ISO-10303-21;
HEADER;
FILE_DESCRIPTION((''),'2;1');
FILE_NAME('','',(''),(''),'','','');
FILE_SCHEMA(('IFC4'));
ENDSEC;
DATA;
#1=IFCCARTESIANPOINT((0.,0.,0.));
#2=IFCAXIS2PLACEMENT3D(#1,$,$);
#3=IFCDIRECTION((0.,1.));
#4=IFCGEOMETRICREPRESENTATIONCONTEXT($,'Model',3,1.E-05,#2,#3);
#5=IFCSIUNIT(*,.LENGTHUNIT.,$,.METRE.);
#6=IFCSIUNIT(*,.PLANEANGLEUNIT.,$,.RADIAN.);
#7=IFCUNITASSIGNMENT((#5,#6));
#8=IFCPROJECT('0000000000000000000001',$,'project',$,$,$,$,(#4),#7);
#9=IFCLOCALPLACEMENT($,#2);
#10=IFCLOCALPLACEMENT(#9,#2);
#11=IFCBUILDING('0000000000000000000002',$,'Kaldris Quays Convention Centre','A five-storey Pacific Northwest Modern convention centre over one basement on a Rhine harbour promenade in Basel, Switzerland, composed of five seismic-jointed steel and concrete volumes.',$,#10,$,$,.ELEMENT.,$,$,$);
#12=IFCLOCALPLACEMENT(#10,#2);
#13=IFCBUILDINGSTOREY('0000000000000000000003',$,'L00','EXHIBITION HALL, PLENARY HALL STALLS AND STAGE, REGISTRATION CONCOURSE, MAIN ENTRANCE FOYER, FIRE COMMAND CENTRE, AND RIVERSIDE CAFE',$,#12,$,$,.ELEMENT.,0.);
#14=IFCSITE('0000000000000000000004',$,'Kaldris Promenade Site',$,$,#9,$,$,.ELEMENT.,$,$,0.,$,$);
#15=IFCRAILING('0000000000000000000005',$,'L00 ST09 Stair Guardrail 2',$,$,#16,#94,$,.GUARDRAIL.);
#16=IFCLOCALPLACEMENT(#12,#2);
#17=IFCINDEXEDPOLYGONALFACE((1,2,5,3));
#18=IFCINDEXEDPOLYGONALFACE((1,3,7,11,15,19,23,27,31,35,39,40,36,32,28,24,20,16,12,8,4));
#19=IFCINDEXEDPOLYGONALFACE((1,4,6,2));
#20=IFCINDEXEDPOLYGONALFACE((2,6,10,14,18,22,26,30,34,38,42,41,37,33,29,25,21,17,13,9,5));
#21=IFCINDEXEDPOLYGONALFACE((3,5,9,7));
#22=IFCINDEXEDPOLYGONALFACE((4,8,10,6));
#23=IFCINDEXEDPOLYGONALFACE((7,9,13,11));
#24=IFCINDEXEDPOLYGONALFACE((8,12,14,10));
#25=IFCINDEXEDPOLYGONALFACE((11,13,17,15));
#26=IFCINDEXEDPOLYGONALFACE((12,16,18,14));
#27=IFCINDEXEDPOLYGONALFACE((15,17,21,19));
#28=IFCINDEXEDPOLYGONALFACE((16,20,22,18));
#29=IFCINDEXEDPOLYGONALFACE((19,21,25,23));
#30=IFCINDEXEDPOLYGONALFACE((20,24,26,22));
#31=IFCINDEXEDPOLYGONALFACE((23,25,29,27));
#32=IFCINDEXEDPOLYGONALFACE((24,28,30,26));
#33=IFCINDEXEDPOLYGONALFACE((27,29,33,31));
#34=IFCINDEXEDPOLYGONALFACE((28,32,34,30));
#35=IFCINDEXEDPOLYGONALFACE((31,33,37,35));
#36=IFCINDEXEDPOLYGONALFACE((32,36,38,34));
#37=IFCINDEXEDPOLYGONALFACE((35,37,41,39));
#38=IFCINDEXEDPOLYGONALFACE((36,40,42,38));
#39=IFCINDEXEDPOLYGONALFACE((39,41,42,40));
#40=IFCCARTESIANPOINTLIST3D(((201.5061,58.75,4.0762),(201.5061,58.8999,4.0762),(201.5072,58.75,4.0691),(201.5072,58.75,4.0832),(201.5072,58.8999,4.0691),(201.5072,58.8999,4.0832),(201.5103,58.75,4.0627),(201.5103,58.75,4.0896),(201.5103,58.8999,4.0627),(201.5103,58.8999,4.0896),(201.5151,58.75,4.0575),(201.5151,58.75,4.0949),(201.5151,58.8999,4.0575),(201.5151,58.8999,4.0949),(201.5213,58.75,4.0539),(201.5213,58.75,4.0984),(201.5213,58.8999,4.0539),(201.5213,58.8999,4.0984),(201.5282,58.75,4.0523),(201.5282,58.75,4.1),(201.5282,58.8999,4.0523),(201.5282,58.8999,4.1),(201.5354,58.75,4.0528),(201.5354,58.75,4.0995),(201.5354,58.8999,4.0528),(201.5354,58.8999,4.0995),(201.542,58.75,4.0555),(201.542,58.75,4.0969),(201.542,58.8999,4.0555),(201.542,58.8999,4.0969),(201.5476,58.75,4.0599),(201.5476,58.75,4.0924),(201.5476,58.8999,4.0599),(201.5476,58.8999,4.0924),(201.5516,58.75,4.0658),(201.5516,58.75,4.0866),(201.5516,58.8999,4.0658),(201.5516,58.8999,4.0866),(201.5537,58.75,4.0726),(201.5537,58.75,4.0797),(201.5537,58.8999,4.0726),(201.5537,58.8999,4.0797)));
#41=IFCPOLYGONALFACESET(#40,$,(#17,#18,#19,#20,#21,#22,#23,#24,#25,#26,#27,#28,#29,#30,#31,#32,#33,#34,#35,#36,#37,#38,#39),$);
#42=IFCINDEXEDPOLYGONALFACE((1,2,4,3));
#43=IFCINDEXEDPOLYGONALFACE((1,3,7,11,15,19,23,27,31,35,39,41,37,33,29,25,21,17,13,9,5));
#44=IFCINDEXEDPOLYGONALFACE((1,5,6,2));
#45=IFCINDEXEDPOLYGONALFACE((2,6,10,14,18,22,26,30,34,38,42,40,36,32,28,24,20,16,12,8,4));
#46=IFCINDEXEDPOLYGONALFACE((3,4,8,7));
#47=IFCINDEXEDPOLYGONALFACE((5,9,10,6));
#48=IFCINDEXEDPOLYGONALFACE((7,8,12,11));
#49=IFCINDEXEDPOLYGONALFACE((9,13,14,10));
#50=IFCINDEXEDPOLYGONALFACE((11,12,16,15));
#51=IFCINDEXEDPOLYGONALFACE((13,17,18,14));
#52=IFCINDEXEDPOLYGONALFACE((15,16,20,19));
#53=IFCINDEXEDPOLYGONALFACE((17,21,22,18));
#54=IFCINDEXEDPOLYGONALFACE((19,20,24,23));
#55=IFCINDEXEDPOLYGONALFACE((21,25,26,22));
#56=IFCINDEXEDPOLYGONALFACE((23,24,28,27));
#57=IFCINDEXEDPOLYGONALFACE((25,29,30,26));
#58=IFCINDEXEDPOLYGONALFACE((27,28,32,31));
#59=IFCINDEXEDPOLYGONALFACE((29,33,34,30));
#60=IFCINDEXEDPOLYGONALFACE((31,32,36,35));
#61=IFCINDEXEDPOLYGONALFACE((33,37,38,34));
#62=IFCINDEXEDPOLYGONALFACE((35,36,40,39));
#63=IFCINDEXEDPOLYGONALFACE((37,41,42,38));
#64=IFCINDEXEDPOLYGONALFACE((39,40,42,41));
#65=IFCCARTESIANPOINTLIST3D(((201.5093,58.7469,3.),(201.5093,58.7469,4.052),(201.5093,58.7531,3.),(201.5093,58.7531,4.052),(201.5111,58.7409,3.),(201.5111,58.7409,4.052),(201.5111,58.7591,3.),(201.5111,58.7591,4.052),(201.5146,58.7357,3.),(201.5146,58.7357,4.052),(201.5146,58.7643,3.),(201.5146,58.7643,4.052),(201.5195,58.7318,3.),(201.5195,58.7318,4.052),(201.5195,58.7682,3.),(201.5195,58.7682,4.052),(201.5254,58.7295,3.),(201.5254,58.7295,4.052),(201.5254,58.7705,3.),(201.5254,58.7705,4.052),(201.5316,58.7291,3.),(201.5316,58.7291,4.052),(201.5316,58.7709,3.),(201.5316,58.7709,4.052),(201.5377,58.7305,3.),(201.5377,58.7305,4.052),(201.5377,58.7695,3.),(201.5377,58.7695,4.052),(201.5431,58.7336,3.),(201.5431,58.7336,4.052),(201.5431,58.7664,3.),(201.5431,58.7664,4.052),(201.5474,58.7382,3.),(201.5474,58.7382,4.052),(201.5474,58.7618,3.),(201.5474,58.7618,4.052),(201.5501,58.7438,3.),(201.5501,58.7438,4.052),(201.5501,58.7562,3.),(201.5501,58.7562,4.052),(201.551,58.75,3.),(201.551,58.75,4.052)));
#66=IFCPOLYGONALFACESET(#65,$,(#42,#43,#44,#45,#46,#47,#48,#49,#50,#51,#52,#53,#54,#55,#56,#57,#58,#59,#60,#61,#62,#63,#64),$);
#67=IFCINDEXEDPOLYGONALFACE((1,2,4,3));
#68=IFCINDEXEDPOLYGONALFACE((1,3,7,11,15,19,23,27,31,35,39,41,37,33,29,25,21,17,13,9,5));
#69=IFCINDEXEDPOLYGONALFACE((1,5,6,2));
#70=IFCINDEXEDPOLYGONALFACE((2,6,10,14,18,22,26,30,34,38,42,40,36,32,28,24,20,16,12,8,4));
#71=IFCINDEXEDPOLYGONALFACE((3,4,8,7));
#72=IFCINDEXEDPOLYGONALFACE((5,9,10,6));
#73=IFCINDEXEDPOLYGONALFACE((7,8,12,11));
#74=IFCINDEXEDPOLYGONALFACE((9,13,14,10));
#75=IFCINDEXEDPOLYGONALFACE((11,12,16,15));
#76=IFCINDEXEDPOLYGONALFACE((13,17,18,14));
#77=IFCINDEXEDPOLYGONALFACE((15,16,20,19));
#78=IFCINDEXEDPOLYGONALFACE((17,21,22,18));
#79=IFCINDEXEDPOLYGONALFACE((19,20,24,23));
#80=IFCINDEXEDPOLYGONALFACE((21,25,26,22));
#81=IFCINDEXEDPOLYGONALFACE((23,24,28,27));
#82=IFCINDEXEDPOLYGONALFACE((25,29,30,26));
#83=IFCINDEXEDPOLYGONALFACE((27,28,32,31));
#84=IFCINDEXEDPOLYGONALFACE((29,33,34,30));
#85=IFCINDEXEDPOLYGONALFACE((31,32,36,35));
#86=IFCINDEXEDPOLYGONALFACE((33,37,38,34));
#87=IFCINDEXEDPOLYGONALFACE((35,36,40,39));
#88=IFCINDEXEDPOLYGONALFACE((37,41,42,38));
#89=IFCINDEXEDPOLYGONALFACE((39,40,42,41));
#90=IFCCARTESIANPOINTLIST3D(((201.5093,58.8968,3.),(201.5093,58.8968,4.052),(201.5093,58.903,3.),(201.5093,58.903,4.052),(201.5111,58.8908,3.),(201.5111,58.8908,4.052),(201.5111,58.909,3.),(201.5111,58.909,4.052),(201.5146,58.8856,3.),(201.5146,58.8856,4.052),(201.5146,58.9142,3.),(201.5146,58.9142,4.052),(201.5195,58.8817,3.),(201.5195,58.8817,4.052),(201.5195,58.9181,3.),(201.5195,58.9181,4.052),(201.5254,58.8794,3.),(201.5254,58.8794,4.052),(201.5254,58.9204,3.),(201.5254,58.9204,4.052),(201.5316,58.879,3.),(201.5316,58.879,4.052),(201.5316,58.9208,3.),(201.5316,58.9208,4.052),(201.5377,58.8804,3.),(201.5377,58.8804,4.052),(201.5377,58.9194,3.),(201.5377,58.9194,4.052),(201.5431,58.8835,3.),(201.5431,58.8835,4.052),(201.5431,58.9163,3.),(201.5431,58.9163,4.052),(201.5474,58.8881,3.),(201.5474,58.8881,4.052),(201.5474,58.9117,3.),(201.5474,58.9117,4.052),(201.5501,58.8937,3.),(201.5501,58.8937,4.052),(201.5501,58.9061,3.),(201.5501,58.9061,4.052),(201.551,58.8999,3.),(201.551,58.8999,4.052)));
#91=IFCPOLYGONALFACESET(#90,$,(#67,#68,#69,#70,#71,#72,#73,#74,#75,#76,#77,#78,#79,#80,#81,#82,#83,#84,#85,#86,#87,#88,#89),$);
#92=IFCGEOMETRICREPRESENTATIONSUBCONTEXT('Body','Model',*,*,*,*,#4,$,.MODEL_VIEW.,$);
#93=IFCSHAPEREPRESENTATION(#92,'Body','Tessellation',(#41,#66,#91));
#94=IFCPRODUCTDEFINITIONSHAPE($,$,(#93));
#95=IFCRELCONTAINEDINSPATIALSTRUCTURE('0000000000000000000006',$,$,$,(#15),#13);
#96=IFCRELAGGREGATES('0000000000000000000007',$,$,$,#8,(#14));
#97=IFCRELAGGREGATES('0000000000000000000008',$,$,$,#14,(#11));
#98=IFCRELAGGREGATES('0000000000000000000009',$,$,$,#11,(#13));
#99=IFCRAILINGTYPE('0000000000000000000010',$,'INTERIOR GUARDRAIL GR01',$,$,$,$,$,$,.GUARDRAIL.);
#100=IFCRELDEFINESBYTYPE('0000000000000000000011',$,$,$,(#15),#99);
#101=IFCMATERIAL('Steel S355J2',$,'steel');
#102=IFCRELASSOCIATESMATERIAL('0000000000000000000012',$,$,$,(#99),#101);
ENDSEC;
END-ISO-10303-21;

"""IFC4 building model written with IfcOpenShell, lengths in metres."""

from ifc_helpers import new_model, si_unit, direction, frame, origin, origin_2d, place, context, subcontext, project, spatial, circle, extrude, material, type_object, element, save


model = new_model("IFC4")

# Units and contexts
model_context = context("Model", 3, precision=1e-05, world=origin(), true_north=direction((0.0, 1.0)))
body_context = subcontext(model_context, "Body", "Model", "MODEL_VIEW")
ifc_project = project(units=[si_unit("LENGTHUNIT", "METRE"), si_unit("PLANEANGLEUNIT", "RADIAN")], contexts=[model_context])

# Site, building, storey
site_placement = place(None, origin())
site = spatial("IfcSite", under=ifc_project, at=site_placement, Name="Kaldris Promenade Site", CompositionType="ELEMENT", RefElevation=0.0)
building_placement = place(site_placement, origin())
building = spatial("IfcBuilding", under=site, at=building_placement, Name="Kaldris Quays Convention Centre", Description="A five-storey Pacific Northwest Modern convention centre over one basement on a Rhine harbour promenade in Basel, Switzerland, composed of five seismic-jointed steel and concrete volumes.", CompositionType="ELEMENT")
storey_placement = place(building_placement, origin())
storey = spatial("IfcBuildingStorey", under=building, at=storey_placement, Name="L00", Description="EXHIBITION HALL, PLENARY HALL STALLS AND STAGE, REGISTRATION CONCOURSE, MAIN ENTRANCE FOYER, FIRE COMMAND CENTRE, AND RIVERSIDE CAFE", CompositionType="ELEMENT", Elevation=0.0)

# Shared definitions
ifc_material_1 = material(Name="Steel S355J2", Category="steel")

# Railing
railing_type_1 = type_object("IfcRailingType", Name="INTERIOR GUARDRAIL GR01", PredefinedType="GUARDRAIL", material=ifc_material_1)
railing_1_placement = place(storey_placement, frame((201.53, 58.75, 3.0)))
element("IfcRailing", 1, at=railing_1_placement, inside=storey, type_object=railing_type_1, Name="L00 ST09 Stair Guardrail 2", PredefinedType="GUARDRAIL", context=body_context, shape_type="SweptSolid", body=[
    extrude(circle(Radius=0.0239, at=origin_2d()), frame((0.0, 0.0, 1.0762), z_axis=(0.0, 1.0, 0.0), x_axis=(-1.0, 0.0, 0.0)), (0.0, 0.0, 1.0), 0.1499),
    extrude(circle(Radius=0.021, at=origin_2d()), origin(), (0.0, 0.0, 1.0), 1.052),
    extrude(circle(Radius=0.021, at=origin_2d()), frame((0.0, 0.1499, 0.0)), (0.0, 0.0, 1.0), 1.052),
])

save(model, "model.ifc")
